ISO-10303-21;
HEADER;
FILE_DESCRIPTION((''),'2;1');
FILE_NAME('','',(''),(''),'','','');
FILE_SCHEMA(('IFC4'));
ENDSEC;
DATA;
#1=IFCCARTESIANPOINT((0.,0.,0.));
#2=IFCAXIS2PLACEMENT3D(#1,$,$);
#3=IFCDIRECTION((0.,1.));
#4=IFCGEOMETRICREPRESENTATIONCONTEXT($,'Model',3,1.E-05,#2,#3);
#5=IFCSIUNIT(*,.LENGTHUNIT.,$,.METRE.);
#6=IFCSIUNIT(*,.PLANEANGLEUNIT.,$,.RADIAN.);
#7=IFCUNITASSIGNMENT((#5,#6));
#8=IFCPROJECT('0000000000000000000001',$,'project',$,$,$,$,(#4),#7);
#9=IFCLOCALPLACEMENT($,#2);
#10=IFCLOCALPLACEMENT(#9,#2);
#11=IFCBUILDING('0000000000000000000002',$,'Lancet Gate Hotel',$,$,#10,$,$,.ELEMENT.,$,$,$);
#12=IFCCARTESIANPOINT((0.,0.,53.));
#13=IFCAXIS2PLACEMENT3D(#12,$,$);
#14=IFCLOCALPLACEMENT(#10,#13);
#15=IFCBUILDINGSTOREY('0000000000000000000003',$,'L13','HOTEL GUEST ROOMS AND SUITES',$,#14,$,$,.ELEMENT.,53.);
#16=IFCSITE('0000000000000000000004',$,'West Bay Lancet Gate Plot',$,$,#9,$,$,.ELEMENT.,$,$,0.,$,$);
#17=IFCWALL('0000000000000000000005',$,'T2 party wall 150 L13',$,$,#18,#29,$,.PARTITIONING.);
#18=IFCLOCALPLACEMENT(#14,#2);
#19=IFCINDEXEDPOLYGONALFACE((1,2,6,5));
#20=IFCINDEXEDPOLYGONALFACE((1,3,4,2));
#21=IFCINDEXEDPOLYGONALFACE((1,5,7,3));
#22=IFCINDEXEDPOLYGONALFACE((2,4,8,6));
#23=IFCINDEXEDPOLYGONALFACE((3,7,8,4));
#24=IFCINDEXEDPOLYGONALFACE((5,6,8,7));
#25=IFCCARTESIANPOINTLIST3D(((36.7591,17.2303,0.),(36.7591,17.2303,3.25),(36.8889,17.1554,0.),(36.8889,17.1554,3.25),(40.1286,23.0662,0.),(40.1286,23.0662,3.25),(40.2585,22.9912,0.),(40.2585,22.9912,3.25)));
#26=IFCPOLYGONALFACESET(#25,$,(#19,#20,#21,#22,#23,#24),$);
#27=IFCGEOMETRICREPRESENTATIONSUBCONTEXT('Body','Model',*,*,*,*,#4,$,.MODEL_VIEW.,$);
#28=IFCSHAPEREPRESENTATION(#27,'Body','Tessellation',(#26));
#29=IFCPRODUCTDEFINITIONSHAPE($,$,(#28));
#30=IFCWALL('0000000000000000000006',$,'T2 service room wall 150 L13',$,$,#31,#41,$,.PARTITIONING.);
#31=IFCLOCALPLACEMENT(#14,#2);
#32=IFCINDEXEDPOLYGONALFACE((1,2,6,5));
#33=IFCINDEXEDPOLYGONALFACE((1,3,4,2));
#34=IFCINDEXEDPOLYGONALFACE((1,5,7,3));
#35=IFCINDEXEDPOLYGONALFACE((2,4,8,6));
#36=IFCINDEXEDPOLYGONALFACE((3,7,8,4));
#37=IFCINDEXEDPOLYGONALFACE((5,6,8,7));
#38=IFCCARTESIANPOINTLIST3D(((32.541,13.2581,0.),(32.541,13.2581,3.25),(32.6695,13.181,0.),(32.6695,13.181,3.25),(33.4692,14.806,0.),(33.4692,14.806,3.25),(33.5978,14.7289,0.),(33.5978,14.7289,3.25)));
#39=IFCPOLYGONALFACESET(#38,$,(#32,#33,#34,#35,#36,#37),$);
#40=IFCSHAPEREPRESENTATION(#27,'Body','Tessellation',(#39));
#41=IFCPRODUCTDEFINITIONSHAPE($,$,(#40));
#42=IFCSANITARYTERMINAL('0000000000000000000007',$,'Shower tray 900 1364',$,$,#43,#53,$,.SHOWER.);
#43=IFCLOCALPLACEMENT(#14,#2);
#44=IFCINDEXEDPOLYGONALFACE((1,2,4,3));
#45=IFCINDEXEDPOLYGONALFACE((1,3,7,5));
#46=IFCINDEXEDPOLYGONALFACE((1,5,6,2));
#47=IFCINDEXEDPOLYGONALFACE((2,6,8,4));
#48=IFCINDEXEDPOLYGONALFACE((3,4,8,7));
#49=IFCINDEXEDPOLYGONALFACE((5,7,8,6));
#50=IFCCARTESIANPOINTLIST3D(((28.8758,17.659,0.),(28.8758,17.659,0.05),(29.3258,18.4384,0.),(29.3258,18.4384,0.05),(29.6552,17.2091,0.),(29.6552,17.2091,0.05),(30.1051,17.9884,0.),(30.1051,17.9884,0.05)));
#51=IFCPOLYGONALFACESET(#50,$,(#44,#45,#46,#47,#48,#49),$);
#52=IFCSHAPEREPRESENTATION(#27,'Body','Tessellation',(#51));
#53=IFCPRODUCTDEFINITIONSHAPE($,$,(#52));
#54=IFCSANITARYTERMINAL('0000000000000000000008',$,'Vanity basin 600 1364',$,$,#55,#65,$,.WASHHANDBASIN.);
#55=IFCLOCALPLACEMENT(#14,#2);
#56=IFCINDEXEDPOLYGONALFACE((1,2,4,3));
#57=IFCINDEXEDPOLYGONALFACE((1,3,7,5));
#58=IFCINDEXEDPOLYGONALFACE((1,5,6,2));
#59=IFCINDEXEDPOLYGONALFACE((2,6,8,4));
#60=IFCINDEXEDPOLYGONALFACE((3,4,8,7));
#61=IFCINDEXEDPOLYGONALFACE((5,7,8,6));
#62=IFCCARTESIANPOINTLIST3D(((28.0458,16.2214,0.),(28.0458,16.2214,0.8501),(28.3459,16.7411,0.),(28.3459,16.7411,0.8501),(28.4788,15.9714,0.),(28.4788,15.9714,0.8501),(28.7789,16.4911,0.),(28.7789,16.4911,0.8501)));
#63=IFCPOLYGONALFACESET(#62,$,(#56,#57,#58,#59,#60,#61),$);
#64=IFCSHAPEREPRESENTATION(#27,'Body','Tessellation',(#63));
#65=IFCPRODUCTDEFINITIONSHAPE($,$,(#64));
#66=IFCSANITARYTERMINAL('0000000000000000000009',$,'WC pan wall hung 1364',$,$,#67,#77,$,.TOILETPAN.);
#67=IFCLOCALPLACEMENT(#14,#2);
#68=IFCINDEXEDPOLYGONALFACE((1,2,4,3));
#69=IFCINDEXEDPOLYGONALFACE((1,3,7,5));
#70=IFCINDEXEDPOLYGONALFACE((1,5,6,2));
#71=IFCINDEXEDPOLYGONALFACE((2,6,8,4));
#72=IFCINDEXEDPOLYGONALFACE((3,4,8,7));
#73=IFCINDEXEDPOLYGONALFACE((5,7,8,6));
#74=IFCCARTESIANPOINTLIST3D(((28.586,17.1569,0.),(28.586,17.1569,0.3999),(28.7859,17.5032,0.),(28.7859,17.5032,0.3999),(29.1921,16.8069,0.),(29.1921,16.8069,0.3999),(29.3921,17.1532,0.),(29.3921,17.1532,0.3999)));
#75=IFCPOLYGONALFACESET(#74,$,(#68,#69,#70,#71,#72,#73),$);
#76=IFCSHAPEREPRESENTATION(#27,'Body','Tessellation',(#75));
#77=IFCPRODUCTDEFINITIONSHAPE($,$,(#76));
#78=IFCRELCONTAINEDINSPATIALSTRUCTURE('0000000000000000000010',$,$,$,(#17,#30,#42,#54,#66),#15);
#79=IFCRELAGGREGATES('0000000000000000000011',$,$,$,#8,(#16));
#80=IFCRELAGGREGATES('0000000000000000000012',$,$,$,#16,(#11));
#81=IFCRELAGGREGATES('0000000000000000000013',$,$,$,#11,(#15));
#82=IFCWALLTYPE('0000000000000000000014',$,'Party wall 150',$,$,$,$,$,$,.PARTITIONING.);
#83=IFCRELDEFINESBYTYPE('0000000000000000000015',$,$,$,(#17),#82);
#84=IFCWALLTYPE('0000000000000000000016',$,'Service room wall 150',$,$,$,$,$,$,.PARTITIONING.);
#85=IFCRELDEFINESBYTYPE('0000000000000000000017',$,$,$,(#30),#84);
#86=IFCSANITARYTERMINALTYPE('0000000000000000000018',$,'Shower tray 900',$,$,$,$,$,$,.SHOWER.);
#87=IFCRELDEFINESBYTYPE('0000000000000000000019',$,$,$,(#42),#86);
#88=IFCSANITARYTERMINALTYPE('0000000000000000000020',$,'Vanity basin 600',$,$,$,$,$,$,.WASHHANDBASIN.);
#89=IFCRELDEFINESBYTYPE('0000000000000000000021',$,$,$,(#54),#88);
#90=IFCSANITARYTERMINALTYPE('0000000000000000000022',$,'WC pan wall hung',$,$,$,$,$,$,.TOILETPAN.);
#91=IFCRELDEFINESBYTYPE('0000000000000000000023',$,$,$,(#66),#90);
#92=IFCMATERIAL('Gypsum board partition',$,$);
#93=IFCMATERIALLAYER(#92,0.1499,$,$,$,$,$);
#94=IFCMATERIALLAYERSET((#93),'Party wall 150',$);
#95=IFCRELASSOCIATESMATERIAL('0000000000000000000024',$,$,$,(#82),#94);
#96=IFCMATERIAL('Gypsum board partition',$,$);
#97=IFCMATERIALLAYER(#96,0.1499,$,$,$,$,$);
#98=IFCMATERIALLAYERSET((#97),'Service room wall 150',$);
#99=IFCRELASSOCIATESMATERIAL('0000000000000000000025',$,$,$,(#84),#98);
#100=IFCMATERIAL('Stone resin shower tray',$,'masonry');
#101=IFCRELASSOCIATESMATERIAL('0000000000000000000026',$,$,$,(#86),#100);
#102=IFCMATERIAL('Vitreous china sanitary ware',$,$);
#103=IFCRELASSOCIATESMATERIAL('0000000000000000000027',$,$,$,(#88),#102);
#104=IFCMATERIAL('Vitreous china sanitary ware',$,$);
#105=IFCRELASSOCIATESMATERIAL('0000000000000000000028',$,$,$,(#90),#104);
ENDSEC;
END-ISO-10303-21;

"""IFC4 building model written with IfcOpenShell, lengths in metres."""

from ifc_helpers import new_model, si_unit, direction, frame, frame_2d, origin, origin_2d, place, context, subcontext, project, spatial, rectangle, extrude, material, layer, layer_set, type_object, element, save


model = new_model("IFC4")

# Units and contexts
model_context = context("Model", 3, precision=1e-05, world=origin(), true_north=direction((0.0, 1.0)))
body_context = subcontext(model_context, "Body", "Model", "MODEL_VIEW")
ifc_project = project(units=[si_unit("LENGTHUNIT", "METRE"), si_unit("PLANEANGLEUNIT", "RADIAN")], contexts=[model_context])

# Site, building, storey
site_placement = place(None, origin())
site = spatial("IfcSite", under=ifc_project, at=site_placement, Name="West Bay Lancet Gate Plot", CompositionType="ELEMENT", RefElevation=0.0)
building_placement = place(site_placement, origin())
building = spatial("IfcBuilding", under=site, at=building_placement, Name="Lancet Gate Hotel", CompositionType="ELEMENT")
storey_placement = place(building_placement, frame((0.0, 0.0, 53.0)))
storey = spatial("IfcBuildingStorey", under=building, at=storey_placement, Name="L13", Description="HOTEL GUEST ROOMS AND SUITES", CompositionType="ELEMENT", Elevation=53.0)

# Walls
ifc_material_1 = material(Name="Gypsum board partition")
ifc_layer_1 = layer(ifc_material_1, 0.1499)
ifc_layer_set_1 = layer_set([ifc_layer_1], Name="Party wall 150")
wall_type_1 = type_object("IfcWallType", Name="Party wall 150", PredefinedType="PARTITIONING", material=ifc_layer_set_1)
wall_1_placement = place(storey_placement, frame((36.824, 17.1929, 0.0), z_axis=(0.0, 0.0, 1.0), x_axis=(0.500028, 0.866009, 0.0)))
element("IfcWall", 1, at=wall_1_placement, inside=storey, type_object=wall_type_1, Name="T2 party wall 150 L13", PredefinedType="PARTITIONING", context=body_context, shape_type="SweptSolid", body=[
    extrude(rectangle(XDim=6.7388, YDim=0.1499, at=frame_2d((3.3694, 0.0))), origin(), (0.0, 0.0, 1.0), 3.25),
])
ifc_material_2 = material(Name="Gypsum board partition")
ifc_layer_2 = layer(ifc_material_2, 0.1499)
ifc_layer_set_2 = layer_set([ifc_layer_2], Name="Service room wall 150")
wall_type_2 = type_object("IfcWallType", Name="Service room wall 150", PredefinedType="PARTITIONING", material=ifc_layer_set_2)
wall_2_placement = place(storey_placement, frame((33.5334, 14.7673, 0.0), z_axis=(0.0, 0.0, 1.0), x_axis=(-0.514297, -0.857612, 0.0)))
element("IfcWall", 2, at=wall_2_placement, inside=storey, type_object=wall_type_2, Name="T2 service room wall 150 L13", PredefinedType="PARTITIONING", context=body_context, shape_type="SweptSolid", body=[
    extrude(rectangle(XDim=1.8049, YDim=0.1499, at=frame_2d((0.9023, 0.0))), origin(), (0.0, 0.0, 1.0), 3.25),
])

# Sanitary terminals
ifc_material_3 = material(Name="Stone resin shower tray", Category="masonry")
sanitary_terminal_type_1 = type_object("IfcSanitaryTerminalType", Name="Shower tray 900", PredefinedType="SHOWER", material=ifc_material_3)
sanitary_terminal_1_placement = place(storey_placement, frame((29.4905, 17.8237, 0.0), z_axis=(0.0, 0.0, 1.0), x_axis=(0.5, 0.866025, 0.0)))
element("IfcSanitaryTerminal", 3, at=sanitary_terminal_1_placement, inside=storey, type_object=sanitary_terminal_type_1, Name="Shower tray 900 1364", PredefinedType="SHOWER", context=body_context, shape_type="SweptSolid", body=[
    extrude(rectangle(XDim=0.8999, YDim=0.8999, at=origin_2d()), origin(), (0.0, 0.0, 1.0), 0.05),
])
ifc_material_4 = material(Name="Vitreous china sanitary ware")
sanitary_terminal_type_2 = type_object("IfcSanitaryTerminalType", Name="Vanity basin 600", PredefinedType="WASHHANDBASIN", material=ifc_material_4)
sanitary_terminal_2_placement = place(storey_placement, frame((28.4124, 16.3562, 0.0), z_axis=(0.0, 0.0, 1.0), x_axis=(0.5, 0.866025, 0.0)))
element("IfcSanitaryTerminal", 4, at=sanitary_terminal_2_placement, inside=storey, type_object=sanitary_terminal_type_2, Name="Vanity basin 600 1364", PredefinedType="WASHHANDBASIN", context=body_context, shape_type="SweptSolid", body=[
    extrude(rectangle(XDim=0.6001, YDim=0.5, at=origin_2d()), origin(), (0.0, 0.0, 1.0), 0.8501),
])
ifc_material_5 = material(Name="Vitreous china sanitary ware")
sanitary_terminal_type_3 = type_object("IfcSanitaryTerminalType", Name="WC pan wall hung", PredefinedType="TOILETPAN", material=ifc_material_5)
sanitary_terminal_3_placement = place(storey_placement, frame((28.989, 17.155, 0.0), z_axis=(0.0, 0.0, 1.0), x_axis=(0.5, 0.866025, 0.0)))
element("IfcSanitaryTerminal", 5, at=sanitary_terminal_3_placement, inside=storey, type_object=sanitary_terminal_type_3, Name="WC pan wall hung 1364", PredefinedType="TOILETPAN", context=body_context, shape_type="SweptSolid", body=[
    extrude(rectangle(XDim=0.3999, YDim=0.7, at=origin_2d()), origin(), (0.0, 0.0, 1.0), 0.3999),
])

save(model, "model.ifc")
